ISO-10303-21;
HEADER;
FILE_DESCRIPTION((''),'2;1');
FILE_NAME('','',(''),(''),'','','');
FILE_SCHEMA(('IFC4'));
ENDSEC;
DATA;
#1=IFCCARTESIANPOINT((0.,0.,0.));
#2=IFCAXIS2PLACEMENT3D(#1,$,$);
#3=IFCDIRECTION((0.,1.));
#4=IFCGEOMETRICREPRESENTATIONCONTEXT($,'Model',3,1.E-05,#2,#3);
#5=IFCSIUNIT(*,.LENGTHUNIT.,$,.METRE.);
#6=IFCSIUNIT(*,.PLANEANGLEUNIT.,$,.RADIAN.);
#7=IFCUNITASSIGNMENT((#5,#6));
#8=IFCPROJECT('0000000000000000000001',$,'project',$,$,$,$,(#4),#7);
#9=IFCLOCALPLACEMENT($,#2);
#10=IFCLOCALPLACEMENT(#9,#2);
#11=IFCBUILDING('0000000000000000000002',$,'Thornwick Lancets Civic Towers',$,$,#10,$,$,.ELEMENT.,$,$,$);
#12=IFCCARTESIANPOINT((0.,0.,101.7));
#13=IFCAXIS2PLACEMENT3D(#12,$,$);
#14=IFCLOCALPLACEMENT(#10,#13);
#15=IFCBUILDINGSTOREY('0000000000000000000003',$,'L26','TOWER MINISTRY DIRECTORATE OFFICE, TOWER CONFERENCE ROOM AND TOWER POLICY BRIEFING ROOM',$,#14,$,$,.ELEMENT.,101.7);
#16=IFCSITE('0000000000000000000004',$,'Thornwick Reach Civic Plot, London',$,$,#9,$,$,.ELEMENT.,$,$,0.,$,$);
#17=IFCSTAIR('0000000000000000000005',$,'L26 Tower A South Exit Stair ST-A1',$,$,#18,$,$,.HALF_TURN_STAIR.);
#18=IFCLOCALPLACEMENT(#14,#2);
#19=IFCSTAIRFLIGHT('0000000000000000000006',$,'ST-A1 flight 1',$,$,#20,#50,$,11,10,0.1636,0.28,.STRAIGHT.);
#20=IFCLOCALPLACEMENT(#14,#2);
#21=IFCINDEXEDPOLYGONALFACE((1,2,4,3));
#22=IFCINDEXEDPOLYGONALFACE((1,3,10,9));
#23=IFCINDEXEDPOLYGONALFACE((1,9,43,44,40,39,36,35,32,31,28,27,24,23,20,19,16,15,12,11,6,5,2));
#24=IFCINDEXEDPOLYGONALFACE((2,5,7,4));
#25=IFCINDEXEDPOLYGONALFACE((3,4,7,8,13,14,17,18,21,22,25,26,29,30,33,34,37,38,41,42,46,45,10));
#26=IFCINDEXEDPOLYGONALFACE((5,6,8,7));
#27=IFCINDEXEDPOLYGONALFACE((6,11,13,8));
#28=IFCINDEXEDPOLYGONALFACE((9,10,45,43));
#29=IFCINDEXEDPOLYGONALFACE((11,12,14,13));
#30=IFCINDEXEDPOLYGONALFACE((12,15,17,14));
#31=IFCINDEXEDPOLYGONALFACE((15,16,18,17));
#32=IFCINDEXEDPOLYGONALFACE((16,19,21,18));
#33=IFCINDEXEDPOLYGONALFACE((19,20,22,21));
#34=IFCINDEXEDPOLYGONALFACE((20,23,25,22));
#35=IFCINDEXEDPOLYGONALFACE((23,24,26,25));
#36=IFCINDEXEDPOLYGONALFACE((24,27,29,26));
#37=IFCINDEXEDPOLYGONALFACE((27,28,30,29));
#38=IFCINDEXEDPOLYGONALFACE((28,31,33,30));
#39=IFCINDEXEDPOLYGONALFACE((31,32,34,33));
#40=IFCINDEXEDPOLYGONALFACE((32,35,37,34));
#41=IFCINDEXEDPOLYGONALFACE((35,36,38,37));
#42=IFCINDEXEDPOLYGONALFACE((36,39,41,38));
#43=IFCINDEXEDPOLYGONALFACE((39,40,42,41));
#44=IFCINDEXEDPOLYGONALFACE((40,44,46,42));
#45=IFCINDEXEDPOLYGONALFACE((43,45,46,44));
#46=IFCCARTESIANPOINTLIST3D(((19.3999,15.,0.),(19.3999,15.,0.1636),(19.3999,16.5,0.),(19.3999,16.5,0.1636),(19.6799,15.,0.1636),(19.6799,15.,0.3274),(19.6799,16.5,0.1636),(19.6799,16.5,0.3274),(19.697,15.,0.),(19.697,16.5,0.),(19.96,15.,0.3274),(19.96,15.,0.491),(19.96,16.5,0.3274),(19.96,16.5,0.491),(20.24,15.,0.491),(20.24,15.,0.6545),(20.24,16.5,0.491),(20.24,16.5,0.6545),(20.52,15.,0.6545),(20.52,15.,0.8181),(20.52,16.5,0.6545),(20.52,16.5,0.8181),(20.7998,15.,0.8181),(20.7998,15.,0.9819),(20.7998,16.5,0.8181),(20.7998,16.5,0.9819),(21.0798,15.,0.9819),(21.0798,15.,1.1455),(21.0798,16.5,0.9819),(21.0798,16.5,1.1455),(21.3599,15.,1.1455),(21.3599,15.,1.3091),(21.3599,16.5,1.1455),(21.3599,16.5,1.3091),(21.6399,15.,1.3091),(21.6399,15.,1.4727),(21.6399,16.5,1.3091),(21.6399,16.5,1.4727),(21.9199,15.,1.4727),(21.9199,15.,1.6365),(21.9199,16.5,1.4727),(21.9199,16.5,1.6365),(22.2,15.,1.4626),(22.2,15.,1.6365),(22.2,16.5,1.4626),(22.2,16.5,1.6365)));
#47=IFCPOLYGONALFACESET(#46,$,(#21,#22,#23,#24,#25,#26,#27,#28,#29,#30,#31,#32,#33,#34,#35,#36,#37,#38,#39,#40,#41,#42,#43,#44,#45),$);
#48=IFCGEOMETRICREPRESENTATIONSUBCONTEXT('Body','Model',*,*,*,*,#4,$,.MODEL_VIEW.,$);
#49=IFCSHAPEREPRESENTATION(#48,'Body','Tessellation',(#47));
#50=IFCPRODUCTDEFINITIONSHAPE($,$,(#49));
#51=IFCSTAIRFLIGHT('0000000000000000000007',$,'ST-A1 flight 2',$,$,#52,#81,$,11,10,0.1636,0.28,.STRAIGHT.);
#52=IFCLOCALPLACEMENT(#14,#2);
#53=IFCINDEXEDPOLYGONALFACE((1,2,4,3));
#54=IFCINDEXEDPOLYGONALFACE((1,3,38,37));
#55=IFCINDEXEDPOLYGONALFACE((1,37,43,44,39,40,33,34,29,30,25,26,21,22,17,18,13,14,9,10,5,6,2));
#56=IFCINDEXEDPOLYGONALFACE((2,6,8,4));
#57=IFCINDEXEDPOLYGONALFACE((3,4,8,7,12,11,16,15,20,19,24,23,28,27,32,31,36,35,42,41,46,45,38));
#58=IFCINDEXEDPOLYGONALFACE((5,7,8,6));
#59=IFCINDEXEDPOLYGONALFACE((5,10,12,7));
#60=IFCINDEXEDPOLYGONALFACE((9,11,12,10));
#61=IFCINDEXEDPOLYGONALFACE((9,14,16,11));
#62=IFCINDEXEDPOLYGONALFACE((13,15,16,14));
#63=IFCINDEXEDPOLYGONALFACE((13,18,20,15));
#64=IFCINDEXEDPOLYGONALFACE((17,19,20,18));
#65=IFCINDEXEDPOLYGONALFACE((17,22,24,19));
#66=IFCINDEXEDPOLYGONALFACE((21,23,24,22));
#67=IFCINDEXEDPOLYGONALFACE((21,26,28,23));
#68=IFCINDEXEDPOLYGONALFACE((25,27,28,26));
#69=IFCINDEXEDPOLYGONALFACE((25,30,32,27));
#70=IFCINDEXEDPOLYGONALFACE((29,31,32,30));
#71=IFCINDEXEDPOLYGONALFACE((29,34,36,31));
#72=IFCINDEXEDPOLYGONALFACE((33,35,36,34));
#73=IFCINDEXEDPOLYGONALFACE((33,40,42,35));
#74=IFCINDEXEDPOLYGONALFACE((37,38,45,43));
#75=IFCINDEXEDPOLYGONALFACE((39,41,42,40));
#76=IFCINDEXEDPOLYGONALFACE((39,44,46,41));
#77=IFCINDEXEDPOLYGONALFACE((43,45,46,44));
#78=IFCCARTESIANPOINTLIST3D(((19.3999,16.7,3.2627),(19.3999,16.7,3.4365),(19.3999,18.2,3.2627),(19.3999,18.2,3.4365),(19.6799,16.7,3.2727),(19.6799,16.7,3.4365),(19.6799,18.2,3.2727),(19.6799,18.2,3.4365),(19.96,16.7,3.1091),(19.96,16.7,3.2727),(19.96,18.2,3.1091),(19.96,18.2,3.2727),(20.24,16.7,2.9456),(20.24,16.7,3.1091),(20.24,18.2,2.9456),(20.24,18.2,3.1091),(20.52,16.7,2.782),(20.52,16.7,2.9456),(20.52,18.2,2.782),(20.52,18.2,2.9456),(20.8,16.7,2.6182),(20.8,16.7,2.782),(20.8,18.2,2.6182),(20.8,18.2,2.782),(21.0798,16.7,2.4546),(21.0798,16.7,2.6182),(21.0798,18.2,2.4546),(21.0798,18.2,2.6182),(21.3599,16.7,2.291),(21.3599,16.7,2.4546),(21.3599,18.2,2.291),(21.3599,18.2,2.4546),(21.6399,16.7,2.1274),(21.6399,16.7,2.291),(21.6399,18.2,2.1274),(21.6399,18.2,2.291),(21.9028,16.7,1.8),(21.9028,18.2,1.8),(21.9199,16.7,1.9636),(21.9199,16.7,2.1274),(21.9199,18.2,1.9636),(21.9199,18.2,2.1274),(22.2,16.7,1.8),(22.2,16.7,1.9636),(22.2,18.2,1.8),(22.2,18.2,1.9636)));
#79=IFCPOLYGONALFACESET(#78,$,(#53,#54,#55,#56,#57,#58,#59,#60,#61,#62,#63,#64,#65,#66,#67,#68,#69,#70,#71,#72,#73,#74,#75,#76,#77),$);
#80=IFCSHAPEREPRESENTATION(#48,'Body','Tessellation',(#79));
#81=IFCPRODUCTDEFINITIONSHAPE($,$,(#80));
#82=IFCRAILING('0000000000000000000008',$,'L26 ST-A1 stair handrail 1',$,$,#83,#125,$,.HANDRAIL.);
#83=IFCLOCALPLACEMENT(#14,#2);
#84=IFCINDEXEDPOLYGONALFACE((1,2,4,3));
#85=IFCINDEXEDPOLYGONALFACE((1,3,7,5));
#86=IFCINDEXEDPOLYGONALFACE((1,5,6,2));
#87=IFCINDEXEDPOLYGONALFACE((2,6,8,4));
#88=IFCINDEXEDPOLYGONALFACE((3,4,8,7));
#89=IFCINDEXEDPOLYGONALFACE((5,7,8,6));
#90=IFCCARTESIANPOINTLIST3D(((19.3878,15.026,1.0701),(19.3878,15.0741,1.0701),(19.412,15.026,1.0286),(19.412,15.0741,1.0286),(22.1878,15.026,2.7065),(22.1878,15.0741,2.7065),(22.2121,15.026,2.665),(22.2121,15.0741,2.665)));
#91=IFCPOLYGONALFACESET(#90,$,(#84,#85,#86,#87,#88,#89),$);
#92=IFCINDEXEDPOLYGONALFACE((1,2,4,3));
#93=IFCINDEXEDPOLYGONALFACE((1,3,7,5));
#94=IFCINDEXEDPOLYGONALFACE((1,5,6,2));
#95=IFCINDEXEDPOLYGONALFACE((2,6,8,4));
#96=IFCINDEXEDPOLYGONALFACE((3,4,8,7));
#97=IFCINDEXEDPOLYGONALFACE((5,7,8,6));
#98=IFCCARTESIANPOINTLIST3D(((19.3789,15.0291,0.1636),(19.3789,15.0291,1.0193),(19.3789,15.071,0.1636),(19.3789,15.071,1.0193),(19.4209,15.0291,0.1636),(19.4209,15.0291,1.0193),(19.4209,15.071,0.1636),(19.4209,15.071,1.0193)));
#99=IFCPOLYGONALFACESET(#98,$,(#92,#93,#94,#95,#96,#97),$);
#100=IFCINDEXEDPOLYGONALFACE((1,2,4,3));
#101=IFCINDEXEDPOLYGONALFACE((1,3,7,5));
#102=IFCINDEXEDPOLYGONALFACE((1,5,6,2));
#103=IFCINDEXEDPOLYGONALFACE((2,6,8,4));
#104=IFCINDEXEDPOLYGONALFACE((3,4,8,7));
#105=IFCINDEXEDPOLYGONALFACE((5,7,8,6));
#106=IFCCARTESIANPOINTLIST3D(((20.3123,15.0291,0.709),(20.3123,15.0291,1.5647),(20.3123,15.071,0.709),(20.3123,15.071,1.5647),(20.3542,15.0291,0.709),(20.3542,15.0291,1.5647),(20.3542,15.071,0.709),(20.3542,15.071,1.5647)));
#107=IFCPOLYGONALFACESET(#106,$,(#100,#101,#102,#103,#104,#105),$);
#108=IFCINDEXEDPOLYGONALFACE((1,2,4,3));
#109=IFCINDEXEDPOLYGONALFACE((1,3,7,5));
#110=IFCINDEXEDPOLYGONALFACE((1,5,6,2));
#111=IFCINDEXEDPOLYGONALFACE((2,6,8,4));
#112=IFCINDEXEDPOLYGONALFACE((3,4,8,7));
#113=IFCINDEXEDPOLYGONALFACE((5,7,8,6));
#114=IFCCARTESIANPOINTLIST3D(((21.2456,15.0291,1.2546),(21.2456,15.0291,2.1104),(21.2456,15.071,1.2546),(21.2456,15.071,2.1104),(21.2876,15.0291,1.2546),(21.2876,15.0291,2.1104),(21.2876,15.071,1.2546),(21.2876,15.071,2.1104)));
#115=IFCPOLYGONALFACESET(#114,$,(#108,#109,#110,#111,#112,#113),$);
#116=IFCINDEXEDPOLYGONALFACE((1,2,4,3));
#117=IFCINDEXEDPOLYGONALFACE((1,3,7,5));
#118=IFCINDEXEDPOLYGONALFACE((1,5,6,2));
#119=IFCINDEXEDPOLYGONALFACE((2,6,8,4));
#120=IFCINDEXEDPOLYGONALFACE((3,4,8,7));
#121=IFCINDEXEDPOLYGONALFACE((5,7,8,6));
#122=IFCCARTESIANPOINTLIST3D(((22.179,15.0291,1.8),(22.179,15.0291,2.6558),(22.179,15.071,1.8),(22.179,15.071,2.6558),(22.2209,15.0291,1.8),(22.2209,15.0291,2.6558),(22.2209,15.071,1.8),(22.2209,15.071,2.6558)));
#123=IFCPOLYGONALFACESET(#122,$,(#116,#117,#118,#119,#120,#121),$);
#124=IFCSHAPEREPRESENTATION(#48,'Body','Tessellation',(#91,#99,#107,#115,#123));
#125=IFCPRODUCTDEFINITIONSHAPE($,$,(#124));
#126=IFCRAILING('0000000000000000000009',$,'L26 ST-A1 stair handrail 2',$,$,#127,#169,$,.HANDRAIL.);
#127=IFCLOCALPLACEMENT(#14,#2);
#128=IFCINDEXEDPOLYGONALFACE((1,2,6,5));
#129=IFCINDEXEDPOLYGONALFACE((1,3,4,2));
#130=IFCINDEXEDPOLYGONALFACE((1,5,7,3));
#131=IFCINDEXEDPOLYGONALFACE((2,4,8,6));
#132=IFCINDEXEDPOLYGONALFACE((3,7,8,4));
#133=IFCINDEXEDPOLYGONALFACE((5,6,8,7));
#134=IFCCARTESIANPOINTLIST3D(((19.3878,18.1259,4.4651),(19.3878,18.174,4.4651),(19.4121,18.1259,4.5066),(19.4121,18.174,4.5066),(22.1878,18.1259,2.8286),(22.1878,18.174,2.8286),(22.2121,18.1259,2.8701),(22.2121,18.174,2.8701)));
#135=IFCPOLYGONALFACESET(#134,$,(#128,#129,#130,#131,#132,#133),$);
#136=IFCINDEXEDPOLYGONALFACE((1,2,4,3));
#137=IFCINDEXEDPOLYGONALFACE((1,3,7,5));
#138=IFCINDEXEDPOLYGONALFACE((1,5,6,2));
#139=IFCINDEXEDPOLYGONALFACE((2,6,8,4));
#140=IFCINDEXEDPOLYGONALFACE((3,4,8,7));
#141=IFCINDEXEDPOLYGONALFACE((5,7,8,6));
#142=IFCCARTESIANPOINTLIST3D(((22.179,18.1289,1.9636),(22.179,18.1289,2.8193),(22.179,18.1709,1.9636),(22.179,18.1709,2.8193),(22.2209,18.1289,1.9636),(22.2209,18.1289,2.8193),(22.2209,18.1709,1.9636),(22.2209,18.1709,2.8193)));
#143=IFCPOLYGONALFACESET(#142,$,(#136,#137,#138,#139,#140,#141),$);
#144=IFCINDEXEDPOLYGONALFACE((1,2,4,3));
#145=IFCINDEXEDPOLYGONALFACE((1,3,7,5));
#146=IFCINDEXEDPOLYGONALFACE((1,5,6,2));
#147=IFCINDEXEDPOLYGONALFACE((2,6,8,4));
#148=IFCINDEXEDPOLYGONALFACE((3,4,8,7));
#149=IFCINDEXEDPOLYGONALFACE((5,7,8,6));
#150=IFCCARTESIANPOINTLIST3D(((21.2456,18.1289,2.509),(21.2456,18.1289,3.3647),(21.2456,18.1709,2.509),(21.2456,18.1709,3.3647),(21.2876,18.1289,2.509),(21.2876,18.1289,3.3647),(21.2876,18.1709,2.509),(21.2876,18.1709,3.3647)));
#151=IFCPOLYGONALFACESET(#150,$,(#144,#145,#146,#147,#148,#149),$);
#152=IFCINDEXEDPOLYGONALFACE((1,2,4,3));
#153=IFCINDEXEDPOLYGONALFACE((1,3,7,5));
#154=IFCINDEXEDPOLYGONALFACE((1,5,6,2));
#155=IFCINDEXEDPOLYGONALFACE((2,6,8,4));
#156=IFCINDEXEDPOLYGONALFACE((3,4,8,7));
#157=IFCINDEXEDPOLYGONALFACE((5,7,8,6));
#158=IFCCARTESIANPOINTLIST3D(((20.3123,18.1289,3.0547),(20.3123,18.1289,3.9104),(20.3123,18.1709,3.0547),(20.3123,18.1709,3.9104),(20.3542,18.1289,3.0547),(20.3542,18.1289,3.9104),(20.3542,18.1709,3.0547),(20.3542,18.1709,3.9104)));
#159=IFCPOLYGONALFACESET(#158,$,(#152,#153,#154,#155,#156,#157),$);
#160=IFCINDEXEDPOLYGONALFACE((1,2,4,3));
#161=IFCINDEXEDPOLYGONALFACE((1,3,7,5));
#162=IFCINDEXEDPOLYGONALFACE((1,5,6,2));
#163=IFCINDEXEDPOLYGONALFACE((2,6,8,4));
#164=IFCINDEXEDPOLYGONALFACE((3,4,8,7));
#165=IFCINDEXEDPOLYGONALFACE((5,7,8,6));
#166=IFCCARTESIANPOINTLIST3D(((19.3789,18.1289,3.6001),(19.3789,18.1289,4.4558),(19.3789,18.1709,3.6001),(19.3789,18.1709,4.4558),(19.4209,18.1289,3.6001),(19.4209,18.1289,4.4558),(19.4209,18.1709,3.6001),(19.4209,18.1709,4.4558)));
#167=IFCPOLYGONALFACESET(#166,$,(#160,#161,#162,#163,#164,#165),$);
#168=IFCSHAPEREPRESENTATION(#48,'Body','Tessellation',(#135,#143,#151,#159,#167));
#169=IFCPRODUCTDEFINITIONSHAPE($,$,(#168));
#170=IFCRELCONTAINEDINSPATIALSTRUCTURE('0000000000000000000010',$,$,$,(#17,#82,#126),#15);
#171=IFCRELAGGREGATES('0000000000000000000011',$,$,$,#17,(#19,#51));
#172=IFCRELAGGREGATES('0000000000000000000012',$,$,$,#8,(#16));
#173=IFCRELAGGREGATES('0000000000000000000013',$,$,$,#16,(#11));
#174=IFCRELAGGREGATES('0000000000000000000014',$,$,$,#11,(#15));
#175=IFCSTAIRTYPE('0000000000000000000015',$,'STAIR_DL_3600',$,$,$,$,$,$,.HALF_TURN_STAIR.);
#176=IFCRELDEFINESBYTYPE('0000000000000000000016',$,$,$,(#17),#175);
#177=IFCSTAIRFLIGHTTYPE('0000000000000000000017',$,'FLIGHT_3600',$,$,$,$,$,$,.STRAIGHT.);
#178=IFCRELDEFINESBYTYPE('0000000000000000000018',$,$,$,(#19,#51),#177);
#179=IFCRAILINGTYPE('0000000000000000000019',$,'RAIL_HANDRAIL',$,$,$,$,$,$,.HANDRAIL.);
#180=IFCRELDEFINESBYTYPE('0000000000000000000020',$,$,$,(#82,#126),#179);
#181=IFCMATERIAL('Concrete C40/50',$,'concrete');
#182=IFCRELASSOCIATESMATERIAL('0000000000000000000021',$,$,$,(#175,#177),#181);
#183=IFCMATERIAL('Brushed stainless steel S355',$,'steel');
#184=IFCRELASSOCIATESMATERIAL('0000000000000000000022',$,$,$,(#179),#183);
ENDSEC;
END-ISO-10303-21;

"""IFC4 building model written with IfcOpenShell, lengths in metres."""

from ifc_helpers import new_model, si_unit, direction, frame, origin, origin_2d, place, context, subcontext, project, spatial, polyline, rectangle, outline, extrude, material, type_object, element, aggregate, save


model = new_model("IFC4")

# Units and contexts
model_context = context("Model", 3, precision=1e-05, world=origin(), true_north=direction((0.0, 1.0)))
body_context = subcontext(model_context, "Body", "Model", "MODEL_VIEW")
ifc_project = project(units=[si_unit("LENGTHUNIT", "METRE"), si_unit("PLANEANGLEUNIT", "RADIAN")], contexts=[model_context])

# Site, building, storey
site_placement = place(None, origin())
site = spatial("IfcSite", under=ifc_project, at=site_placement, Name="Thornwick Reach Civic Plot, London", CompositionType="ELEMENT", RefElevation=0.0)
building_placement = place(site_placement, origin())
building = spatial("IfcBuilding", under=site, at=building_placement, Name="Thornwick Lancets Civic Towers", CompositionType="ELEMENT")
storey_placement = place(building_placement, frame((0.0, 0.0, 101.7)))
storey = spatial("IfcBuildingStorey", under=building, at=storey_placement, Name="L26", Description="TOWER MINISTRY DIRECTORATE OFFICE, TOWER CONFERENCE ROOM AND TOWER POLICY BRIEFING ROOM", CompositionType="ELEMENT", Elevation=101.7)

# Shared definitions
ifc_material_1 = material(Name="Concrete C40/50", Category="concrete")

# Stair, stair flights
stair_type = type_object("IfcStairType", Name="STAIR_DL_3600", PredefinedType="HALF_TURN_STAIR", material=ifc_material_1)
stair_placement = place(storey_placement, origin())
stair = element("IfcStair", 1, at=stair_placement, inside=storey, type_object=stair_type, Name="L26 Tower A South Exit Stair ST-A1", PredefinedType="HALF_TURN_STAIR")
stair_flight_type = type_object("IfcStairFlightType", Name="FLIGHT_3600", PredefinedType="STRAIGHT", material=ifc_material_1)
stair_flight_1_placement = place(storey_placement, frame((19.3999, 15.75, 0.0), z_axis=(0.0, 0.0, 1.0), x_axis=(1.0, 0.0, 0.0)))
stair_flight_1 = element("IfcStairFlight", 2, at=stair_flight_1_placement, type_object=stair_flight_type, Name="ST-A1 flight 1", NumberOfRisers=11, NumberOfTreads=10, PredefinedType="STRAIGHT", RiserHeight=0.1636, TreadLength=0.28, context=body_context, shape_type="SweptSolid", body=[
    extrude(outline(polyline([(0.0, 0.0), (0.0, 0.1636), (0.28, 0.1636), (0.28, 0.3274), (0.5601, 0.3274), (0.5601, 0.491), (0.8401, 0.491), (0.8401, 0.6545), (1.1201, 0.6545), (1.1201, 0.8181), (1.3999, 0.8181), (1.3999, 0.9819), (1.6799, 0.9819), (1.6799, 1.1455), (1.96, 1.1455), (1.96, 1.3091), (2.24, 1.3091), (2.24, 1.4727), (2.52, 1.4727), (2.52, 1.6365), (2.8, 1.6365), (2.8, 1.8), (2.8, 1.4626), (0.2971, 0.0), (0.0, 0.0)])), frame((0.0, 0.75, 0.0), z_axis=(0.0, -1.0, 0.0), x_axis=(1.0, 0.0, 0.0)), (0.0, 0.0, 1.0), 1.5),
])
stair_flight_2_placement = place(storey_placement, frame((22.2, 17.45, 1.8), z_axis=(0.0, 0.0, 1.0), x_axis=(-1.0, 0.0, 0.0)))
stair_flight_2 = element("IfcStairFlight", 3, at=stair_flight_2_placement, type_object=stair_flight_type, Name="ST-A1 flight 2", NumberOfRisers=11, NumberOfTreads=10, PredefinedType="STRAIGHT", RiserHeight=0.1636, TreadLength=0.28, context=body_context, shape_type="SweptSolid", body=[
    extrude(outline(polyline([(0.0, 0.0), (0.0, 0.1636), (0.28, 0.1636), (0.28, 0.3274), (0.5601, 0.3274), (0.5601, 0.491), (0.8401, 0.491), (0.8401, 0.6545), (1.1201, 0.6545), (1.1201, 0.8181), (1.3999, 0.8181), (1.3999, 0.9819), (1.6799, 0.9819), (1.6799, 1.1455), (1.96, 1.1455), (1.96, 1.3091), (2.24, 1.3091), (2.24, 1.4727), (2.52, 1.4727), (2.52, 1.6365), (2.8, 1.6365), (2.8, 1.8), (2.8, 1.4626), (0.2971, 0.0), (0.0, 0.0)])), frame((0.0, 0.75, 0.0), z_axis=(0.0, -1.0, 0.0), x_axis=(1.0, 0.0, 0.0)), (0.0, 0.0, 1.0), 1.5),
])
aggregate(stair, [stair_flight_1, stair_flight_2])

# Railings
ifc_material_2 = material(Name="Brushed stainless steel S355", Category="steel")
railing_type_1 = type_object("IfcRailingType", Name="RAIL_HANDRAIL", PredefinedType="HANDRAIL", material=ifc_material_2)
railing_1_placement = place(storey_placement, frame((19.3999, 15.05, 0.1636)))
element("IfcRailing", 4, at=railing_1_placement, inside=storey, type_object=railing_type_1, Name="L26 ST-A1 stair handrail 1", PredefinedType="HANDRAIL", context=body_context, shape_type="SweptSolid", body=[
    extrude(rectangle(XDim=0.0481, YDim=0.0481, at=origin_2d()), frame((0.0, 0.0, 0.8857), z_axis=(0.863361, 0.0, 0.504587), x_axis=(0.0, 1.0, 0.0)), (0.0, 0.0, 1.0), 3.2432),
    extrude(rectangle(XDim=0.042, YDim=0.042, at=origin_2d()), origin(), (0.0, 0.0, 1.0), 0.8557),
    extrude(rectangle(XDim=0.042, YDim=0.042, at=origin_2d()), frame((0.9333, 0.0, 0.5454)), (0.0, 0.0, 1.0), 0.8557),
    extrude(rectangle(XDim=0.042, YDim=0.042, at=origin_2d()), frame((1.8667, 0.0, 1.0911)), (0.0, 0.0, 1.0), 0.8557),
    extrude(rectangle(XDim=0.042, YDim=0.042, at=origin_2d()), frame((2.8, 0.0, 1.6365)), (0.0, 0.0, 1.0), 0.8557),
])
railing_2_placement = place(storey_placement, frame((22.2, 18.1499, 1.9636)))
element("IfcRailing", 5, at=railing_2_placement, inside=storey, type_object=railing_type_1, Name="L26 ST-A1 stair handrail 2", PredefinedType="HANDRAIL", context=body_context, shape_type="SweptSolid", body=[
    extrude(rectangle(XDim=0.0481, YDim=0.0481, at=origin_2d()), frame((0.0, 0.0, 0.8857), z_axis=(-0.863361, 0.0, 0.504587), x_axis=(0.0, -1.0, 0.0)), (0.0, 0.0, 1.0), 3.2432),
    extrude(rectangle(XDim=0.042, YDim=0.042, at=origin_2d()), origin(), (0.0, 0.0, 1.0), 0.8557),
    extrude(rectangle(XDim=0.042, YDim=0.042, at=origin_2d()), frame((-0.9333, 0.0, 0.5454)), (0.0, 0.0, 1.0), 0.8557),
    extrude(rectangle(XDim=0.042, YDim=0.042, at=origin_2d()), frame((-1.8667, 0.0, 1.0911)), (0.0, 0.0, 1.0), 0.8557),
    extrude(rectangle(XDim=0.042, YDim=0.042, at=origin_2d()), frame((-2.8, 0.0, 1.6365)), (0.0, 0.0, 1.0), 0.8557),
])

save(model, "model.ifc")
